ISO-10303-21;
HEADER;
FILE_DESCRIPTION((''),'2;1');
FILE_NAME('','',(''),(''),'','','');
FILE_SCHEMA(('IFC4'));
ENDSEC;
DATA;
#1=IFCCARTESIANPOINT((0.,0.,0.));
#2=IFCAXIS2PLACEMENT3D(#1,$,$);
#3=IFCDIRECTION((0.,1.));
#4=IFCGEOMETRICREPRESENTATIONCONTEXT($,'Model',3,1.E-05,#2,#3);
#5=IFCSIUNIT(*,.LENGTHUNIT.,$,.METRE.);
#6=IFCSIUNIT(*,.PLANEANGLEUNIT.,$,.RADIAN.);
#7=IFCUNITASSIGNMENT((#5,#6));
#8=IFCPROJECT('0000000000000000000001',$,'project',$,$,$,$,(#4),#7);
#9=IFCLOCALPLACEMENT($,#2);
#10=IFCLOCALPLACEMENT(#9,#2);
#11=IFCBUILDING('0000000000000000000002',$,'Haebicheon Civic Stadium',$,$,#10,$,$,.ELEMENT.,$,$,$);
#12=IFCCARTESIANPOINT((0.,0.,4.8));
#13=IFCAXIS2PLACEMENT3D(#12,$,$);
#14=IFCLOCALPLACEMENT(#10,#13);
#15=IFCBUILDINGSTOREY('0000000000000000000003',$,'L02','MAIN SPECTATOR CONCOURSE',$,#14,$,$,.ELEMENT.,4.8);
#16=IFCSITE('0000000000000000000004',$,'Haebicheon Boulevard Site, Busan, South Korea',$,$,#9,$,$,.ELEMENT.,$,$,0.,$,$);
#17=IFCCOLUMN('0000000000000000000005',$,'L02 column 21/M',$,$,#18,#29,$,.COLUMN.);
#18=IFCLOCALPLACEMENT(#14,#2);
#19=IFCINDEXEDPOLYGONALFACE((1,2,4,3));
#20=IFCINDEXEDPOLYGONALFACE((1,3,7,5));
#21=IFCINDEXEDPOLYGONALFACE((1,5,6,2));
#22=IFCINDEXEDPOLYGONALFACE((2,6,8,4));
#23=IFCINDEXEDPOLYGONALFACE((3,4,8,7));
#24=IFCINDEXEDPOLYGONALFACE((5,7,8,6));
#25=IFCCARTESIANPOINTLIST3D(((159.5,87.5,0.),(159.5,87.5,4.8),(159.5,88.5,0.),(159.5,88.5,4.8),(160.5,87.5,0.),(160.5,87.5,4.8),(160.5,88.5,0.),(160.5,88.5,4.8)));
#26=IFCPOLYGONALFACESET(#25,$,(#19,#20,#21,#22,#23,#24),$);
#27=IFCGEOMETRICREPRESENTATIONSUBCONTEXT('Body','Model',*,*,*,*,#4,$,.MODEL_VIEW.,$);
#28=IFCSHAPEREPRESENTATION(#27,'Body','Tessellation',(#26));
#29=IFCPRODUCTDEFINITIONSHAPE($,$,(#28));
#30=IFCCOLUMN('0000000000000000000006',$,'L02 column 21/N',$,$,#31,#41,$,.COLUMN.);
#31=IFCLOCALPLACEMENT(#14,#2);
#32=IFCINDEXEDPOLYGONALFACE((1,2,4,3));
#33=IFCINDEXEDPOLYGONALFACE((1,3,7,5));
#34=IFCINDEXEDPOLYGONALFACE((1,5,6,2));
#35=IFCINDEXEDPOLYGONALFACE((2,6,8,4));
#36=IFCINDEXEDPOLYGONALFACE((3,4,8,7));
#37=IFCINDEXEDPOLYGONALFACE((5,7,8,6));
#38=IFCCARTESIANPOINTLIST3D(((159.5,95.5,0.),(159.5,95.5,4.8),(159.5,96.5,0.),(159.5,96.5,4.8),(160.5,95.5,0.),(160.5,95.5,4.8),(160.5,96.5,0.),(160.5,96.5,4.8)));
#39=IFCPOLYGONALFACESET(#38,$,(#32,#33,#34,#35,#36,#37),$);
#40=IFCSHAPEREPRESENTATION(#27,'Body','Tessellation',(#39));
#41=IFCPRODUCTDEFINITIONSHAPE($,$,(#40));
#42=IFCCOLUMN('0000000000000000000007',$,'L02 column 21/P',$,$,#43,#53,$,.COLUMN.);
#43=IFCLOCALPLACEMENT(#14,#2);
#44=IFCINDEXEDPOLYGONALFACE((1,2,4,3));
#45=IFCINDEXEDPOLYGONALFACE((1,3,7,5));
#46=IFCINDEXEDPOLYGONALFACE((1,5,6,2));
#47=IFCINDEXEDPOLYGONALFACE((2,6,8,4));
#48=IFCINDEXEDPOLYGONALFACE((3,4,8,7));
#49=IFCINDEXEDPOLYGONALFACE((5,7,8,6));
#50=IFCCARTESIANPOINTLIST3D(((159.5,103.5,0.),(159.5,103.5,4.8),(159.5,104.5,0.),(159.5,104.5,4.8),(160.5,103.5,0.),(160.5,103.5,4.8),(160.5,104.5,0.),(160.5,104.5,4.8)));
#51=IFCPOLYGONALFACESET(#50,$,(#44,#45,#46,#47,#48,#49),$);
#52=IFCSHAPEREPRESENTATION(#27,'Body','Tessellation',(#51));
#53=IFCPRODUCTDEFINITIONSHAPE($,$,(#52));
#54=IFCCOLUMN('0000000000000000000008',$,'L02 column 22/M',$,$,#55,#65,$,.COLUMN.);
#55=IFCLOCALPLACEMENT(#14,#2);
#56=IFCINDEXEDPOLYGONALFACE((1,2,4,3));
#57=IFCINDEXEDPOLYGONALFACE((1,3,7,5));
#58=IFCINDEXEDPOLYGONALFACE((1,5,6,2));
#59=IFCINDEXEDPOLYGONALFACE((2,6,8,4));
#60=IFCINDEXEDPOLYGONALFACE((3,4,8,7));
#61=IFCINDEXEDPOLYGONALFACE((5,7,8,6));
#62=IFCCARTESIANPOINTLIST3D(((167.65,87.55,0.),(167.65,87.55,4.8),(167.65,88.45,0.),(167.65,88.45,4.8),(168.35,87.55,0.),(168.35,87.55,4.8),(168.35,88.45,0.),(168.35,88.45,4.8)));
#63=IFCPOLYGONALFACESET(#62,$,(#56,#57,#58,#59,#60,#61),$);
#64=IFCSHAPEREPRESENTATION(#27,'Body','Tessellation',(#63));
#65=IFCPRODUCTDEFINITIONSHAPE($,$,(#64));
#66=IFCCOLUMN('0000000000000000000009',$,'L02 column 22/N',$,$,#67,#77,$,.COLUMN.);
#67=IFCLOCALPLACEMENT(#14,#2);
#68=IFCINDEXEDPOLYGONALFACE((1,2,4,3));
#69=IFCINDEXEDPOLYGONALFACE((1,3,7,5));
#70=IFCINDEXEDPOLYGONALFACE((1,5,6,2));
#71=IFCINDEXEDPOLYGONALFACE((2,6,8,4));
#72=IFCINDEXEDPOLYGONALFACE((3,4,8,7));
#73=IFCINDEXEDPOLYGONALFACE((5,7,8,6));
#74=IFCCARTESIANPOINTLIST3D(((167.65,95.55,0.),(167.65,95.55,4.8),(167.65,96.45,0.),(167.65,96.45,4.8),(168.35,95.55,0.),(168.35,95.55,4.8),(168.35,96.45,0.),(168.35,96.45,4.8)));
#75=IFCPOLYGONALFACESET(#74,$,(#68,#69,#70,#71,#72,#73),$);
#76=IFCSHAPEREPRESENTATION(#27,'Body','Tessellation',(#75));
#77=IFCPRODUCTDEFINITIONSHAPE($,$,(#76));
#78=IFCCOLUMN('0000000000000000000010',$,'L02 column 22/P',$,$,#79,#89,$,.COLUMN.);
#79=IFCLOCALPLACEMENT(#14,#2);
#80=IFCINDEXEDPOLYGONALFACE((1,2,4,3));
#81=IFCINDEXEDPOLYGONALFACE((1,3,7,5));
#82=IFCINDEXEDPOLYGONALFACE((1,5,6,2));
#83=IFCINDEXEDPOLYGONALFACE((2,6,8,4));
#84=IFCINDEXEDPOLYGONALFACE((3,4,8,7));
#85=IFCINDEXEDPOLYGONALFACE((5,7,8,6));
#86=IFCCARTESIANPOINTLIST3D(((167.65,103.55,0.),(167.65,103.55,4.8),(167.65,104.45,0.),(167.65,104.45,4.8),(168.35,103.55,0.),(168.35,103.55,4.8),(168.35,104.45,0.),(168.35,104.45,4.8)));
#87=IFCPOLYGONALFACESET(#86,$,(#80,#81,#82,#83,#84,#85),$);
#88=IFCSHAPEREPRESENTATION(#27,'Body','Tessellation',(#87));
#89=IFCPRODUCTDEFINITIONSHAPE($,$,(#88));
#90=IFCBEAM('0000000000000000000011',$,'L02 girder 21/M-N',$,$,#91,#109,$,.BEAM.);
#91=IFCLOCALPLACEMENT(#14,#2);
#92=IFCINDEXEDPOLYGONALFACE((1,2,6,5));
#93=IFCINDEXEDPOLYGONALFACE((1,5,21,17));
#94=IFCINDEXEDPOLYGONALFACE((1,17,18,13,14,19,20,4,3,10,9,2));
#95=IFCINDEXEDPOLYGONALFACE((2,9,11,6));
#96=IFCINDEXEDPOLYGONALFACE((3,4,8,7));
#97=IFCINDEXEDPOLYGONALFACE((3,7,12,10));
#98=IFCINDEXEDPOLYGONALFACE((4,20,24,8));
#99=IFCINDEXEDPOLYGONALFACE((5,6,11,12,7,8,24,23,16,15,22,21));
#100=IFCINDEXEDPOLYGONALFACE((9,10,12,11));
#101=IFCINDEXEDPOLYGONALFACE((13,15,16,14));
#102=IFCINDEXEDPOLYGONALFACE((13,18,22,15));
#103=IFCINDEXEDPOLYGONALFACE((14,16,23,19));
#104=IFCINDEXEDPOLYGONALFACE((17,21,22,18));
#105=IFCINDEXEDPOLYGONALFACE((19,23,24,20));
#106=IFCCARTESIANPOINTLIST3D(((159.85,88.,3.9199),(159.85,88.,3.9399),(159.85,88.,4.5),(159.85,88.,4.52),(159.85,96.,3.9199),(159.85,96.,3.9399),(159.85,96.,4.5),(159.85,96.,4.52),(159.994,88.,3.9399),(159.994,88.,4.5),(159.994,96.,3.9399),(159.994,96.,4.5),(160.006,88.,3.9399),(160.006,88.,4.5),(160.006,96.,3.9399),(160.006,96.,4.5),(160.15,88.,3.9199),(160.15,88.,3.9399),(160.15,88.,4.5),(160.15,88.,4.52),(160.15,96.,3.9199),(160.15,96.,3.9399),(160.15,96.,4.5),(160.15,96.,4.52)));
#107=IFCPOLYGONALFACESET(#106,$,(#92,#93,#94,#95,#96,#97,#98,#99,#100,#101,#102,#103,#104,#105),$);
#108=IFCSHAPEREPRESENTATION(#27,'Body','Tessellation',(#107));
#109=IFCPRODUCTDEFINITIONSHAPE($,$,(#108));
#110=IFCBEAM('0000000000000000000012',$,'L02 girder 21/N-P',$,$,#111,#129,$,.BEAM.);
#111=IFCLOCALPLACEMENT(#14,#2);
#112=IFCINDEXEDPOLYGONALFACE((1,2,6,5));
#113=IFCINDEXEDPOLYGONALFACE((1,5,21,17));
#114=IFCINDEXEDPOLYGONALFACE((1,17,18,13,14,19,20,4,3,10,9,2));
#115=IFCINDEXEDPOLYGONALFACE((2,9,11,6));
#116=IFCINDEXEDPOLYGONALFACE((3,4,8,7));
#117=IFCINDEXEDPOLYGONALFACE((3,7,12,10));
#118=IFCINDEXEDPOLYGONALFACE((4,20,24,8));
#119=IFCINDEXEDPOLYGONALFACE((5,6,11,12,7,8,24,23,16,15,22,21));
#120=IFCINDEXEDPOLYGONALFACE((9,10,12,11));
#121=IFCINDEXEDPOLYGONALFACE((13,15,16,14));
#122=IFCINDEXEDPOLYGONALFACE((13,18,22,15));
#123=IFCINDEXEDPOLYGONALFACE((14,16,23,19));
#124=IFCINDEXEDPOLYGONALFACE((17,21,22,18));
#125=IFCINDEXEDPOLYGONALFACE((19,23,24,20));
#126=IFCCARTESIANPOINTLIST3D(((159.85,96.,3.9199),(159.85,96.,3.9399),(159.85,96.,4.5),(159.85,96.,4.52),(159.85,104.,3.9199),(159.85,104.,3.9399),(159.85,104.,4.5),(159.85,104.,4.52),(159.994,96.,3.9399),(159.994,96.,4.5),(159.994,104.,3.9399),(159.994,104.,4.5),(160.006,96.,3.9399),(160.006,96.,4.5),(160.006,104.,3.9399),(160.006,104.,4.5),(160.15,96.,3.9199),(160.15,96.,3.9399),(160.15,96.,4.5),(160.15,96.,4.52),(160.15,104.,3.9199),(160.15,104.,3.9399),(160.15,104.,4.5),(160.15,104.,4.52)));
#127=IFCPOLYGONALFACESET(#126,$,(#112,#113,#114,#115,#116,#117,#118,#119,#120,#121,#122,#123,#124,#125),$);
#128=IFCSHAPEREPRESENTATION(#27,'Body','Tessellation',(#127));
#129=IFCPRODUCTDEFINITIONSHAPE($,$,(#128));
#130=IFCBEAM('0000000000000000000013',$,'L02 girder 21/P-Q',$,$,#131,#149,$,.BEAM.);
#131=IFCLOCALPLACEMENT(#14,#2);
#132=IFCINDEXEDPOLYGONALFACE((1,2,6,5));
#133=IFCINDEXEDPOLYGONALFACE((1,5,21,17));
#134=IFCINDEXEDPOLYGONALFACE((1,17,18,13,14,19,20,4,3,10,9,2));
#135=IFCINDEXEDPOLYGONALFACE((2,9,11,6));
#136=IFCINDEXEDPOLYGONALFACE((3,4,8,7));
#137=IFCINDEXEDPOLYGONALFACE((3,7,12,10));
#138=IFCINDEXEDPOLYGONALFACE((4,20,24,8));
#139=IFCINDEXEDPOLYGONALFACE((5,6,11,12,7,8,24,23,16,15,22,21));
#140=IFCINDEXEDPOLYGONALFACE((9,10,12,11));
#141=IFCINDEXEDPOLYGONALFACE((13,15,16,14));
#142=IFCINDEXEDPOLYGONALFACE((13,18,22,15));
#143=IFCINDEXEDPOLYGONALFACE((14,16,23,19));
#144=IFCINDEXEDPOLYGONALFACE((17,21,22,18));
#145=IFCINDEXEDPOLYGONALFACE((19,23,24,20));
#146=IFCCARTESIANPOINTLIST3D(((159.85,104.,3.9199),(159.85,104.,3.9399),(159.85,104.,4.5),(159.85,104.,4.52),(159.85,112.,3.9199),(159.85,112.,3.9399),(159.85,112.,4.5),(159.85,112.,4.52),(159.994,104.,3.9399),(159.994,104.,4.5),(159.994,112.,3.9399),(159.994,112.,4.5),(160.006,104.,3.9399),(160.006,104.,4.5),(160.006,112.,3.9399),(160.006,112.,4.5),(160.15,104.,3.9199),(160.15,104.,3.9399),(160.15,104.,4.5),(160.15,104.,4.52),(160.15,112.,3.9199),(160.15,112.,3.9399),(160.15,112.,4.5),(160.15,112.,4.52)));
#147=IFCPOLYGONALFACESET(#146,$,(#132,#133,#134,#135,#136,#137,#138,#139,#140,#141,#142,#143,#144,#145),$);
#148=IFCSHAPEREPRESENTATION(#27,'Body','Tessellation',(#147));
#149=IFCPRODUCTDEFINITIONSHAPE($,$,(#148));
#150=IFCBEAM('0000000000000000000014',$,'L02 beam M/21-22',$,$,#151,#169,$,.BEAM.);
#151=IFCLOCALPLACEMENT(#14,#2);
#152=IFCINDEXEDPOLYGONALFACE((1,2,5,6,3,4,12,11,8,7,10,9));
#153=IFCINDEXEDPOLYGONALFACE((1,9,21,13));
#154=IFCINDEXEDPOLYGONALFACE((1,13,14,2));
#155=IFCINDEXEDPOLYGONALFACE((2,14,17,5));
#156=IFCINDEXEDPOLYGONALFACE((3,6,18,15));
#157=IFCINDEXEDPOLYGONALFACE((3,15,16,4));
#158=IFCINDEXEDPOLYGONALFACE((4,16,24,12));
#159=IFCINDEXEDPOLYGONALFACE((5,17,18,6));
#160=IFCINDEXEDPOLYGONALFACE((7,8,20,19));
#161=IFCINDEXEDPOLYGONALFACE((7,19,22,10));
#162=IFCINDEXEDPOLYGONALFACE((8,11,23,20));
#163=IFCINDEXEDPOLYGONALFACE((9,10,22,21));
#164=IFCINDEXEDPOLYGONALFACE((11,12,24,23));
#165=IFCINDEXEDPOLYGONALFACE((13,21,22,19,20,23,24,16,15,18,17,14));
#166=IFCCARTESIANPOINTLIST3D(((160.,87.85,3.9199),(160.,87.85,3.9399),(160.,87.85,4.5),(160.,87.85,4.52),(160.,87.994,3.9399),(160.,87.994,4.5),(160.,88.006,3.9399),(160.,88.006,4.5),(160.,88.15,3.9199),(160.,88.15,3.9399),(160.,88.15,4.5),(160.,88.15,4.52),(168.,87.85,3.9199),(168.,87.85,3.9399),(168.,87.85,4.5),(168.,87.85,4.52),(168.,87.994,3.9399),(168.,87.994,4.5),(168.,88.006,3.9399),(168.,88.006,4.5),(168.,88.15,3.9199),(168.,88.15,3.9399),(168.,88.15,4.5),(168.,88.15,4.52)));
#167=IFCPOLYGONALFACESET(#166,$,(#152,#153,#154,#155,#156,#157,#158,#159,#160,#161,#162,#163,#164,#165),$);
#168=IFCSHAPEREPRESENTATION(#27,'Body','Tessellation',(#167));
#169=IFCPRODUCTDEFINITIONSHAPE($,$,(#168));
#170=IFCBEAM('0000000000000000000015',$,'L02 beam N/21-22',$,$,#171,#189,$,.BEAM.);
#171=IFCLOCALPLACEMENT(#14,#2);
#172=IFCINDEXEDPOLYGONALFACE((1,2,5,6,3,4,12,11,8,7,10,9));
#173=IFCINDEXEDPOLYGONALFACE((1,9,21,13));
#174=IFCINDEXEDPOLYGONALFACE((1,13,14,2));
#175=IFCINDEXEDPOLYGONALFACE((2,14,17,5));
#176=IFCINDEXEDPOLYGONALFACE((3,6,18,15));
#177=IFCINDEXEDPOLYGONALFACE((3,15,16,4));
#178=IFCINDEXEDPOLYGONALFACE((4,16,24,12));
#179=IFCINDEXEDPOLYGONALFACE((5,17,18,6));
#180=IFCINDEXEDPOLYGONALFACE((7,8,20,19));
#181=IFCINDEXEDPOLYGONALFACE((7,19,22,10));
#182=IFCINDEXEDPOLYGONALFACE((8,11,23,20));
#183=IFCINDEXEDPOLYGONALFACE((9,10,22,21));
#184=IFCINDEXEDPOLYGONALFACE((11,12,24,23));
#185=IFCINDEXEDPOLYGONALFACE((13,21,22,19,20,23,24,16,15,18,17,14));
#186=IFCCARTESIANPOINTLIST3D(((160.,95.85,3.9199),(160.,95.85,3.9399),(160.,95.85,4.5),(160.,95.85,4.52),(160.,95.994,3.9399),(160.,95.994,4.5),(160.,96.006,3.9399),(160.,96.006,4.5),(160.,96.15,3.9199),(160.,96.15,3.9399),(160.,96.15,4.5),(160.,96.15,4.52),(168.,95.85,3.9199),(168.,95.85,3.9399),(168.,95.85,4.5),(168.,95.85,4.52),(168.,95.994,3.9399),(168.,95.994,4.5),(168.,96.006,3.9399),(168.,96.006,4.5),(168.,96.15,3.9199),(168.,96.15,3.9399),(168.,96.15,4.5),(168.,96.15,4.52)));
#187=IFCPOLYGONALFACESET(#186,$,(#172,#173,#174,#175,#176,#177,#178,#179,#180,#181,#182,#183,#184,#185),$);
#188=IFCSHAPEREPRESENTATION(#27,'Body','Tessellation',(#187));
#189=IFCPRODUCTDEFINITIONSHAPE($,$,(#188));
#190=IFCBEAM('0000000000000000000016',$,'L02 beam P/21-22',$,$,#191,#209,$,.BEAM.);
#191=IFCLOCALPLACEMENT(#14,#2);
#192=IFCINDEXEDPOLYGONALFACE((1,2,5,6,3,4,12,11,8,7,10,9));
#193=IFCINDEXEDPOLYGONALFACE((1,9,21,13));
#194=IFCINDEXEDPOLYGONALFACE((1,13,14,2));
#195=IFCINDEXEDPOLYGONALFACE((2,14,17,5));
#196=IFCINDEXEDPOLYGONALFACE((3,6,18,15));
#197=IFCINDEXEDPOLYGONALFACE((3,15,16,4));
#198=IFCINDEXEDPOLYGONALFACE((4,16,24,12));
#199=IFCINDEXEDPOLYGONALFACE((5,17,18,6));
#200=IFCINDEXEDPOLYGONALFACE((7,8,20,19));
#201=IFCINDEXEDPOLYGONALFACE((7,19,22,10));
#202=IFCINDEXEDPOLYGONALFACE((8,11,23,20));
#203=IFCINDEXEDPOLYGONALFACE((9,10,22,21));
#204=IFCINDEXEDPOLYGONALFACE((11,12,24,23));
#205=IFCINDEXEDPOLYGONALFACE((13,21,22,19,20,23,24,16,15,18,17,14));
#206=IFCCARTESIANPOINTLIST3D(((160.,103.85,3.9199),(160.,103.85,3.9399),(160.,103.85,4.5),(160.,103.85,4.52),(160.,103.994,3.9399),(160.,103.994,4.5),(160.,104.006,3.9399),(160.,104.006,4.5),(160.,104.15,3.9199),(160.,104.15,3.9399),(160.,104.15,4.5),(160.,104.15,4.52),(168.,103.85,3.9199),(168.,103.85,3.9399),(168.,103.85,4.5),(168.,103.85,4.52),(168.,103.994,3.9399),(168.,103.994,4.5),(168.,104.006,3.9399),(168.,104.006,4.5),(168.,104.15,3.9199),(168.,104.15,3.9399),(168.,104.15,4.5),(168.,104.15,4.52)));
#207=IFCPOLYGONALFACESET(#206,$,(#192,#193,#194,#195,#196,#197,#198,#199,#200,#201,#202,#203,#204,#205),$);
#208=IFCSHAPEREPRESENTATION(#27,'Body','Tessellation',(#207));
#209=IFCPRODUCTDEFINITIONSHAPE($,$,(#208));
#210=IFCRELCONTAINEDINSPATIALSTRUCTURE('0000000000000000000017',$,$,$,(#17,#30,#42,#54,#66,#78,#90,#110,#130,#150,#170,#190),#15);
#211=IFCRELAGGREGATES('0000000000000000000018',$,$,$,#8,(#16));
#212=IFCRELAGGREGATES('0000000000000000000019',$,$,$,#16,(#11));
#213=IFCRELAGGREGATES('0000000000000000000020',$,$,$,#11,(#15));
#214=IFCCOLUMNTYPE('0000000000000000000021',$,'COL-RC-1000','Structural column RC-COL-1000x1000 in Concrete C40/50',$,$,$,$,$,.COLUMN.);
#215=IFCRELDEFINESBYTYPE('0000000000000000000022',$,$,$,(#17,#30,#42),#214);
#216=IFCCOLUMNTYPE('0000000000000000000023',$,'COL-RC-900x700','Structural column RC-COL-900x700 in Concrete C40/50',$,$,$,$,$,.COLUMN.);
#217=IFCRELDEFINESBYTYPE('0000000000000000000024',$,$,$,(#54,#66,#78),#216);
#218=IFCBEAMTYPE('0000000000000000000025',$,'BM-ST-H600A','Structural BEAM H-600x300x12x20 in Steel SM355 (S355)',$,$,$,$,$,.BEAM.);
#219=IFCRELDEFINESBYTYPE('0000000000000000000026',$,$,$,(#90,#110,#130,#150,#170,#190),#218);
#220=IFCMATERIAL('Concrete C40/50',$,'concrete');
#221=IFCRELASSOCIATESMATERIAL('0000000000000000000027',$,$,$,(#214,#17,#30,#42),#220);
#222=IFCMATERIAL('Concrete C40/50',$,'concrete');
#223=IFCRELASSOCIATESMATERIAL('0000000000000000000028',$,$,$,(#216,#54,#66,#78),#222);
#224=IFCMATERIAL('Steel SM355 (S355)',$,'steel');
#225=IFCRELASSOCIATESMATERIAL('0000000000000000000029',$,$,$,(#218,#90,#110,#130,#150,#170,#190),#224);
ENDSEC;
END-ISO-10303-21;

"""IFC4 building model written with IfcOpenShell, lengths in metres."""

from ifc_helpers import new_model, si_unit, direction, frame, origin, origin_2d, place, context, subcontext, project, spatial, rectangle, i_section, extrude, material, material_profile, profile_set, type_object, element, save


model = new_model("IFC4")

# Units and contexts
model_context = context("Model", 3, precision=1e-05, world=origin(), true_north=direction((0.0, 1.0)))
body_context = subcontext(model_context, "Body", "Model", "MODEL_VIEW")
ifc_project = project(units=[si_unit("LENGTHUNIT", "METRE"), si_unit("PLANEANGLEUNIT", "RADIAN")], contexts=[model_context])

# Site, building, storey
site_placement = place(None, origin())
site = spatial("IfcSite", under=ifc_project, at=site_placement, Name="Haebicheon Boulevard Site, Busan, South Korea", CompositionType="ELEMENT", RefElevation=0.0)
building_placement = place(site_placement, origin())
building = spatial("IfcBuilding", under=site, at=building_placement, Name="Haebicheon Civic Stadium", CompositionType="ELEMENT")
storey_placement = place(building_placement, frame((0.0, 0.0, 4.8)))
storey = spatial("IfcBuildingStorey", under=building, at=storey_placement, Name="L02", Description="MAIN SPECTATOR CONCOURSE", CompositionType="ELEMENT", Elevation=4.8)

# Columns
ifc_material_1 = material(Name="Concrete C40/50", Category="concrete")
ifc_material_profile_1 = material_profile(ifc_material_1, rectangle(XDim=1.0, YDim=1.0, at=origin_2d()), Name="RC-COL-1000x1000")
ifc_profile_set_1 = profile_set([ifc_material_profile_1], Name="Concrete C40/50")
column_type_1 = type_object("IfcColumnType", Name="COL-RC-1000", Description="Structural column RC-COL-1000x1000 in Concrete C40/50", PredefinedType="COLUMN", material=ifc_profile_set_1)
for number, where, z_axis, x_axis, name in (
    (1, (160.0, 88.0, 0.0), (0.0, 0.0, 1.0), (1.0, 0.0, 0.0), "L02 column 21/M"),
    (2, (160.0, 96.0, 0.0), (0.0, 0.0, 1.0), (1.0, 0.0, 0.0), "L02 column 21/N"),
    (3, (160.0, 104.0, 0.0), (0.0, 0.0, 1.0), (1.0, 0.0, 0.0), "L02 column 21/P"),
):
    element("IfcColumn", number, at=place(storey_placement, frame(where, z_axis=z_axis, x_axis=x_axis)), inside=storey, type_object=column_type_1, material=ifc_profile_set_1, Name=name, PredefinedType="COLUMN", context=body_context, shape_type="SweptSolid", body=[
        extrude(rectangle(XDim=1.0, YDim=1.0, at=origin_2d()), origin(), (0.0, 0.0, 1.0), 4.8),
    ])
ifc_material_2 = material(Name="Concrete C40/50", Category="concrete")
ifc_material_profile_2 = material_profile(ifc_material_2, rectangle(XDim=0.7, YDim=0.8999, at=origin_2d()), Name="RC-COL-900x700")
ifc_profile_set_2 = profile_set([ifc_material_profile_2], Name="Concrete C40/50")
column_type_2 = type_object("IfcColumnType", Name="COL-RC-900x700", Description="Structural column RC-COL-900x700 in Concrete C40/50", PredefinedType="COLUMN", material=ifc_profile_set_2)
for number, where, z_axis, x_axis, name in (
    (4, (168.0, 88.0, 0.0), (0.0, 0.0, 1.0), (1.0, 0.0, 0.0), "L02 column 22/M"),
    (5, (168.0, 96.0, 0.0), (0.0, 0.0, 1.0), (1.0, 0.0, 0.0), "L02 column 22/N"),
    (6, (168.0, 104.0, 0.0), (0.0, 0.0, 1.0), (1.0, 0.0, 0.0), "L02 column 22/P"),
):
    element("IfcColumn", number, at=place(storey_placement, frame(where, z_axis=z_axis, x_axis=x_axis)), inside=storey, type_object=column_type_2, material=ifc_profile_set_2, Name=name, PredefinedType="COLUMN", context=body_context, shape_type="SweptSolid", body=[
        extrude(rectangle(XDim=0.7, YDim=0.8999, at=origin_2d()), origin(), (0.0, 0.0, 1.0), 4.8),
    ])

# Beams
ifc_material_3 = material(Name="Steel SM355 (S355)", Category="steel")
ifc_material_profile_3 = material_profile(ifc_material_3, i_section(OverallWidth=0.3, OverallDepth=0.6001, WebThickness=0.012, FlangeThickness=0.02, at=origin_2d()), Name="H-600x300x12x20")
ifc_profile_set_3 = profile_set([ifc_material_profile_3], Name="Steel SM355 (S355)")
beam_type_1 = type_object("IfcBeamType", Name="BM-ST-H600A", Description="Structural BEAM H-600x300x12x20 in Steel SM355 (S355)", PredefinedType="BEAM", material=ifc_profile_set_3)
for number, where, z_axis, x_axis, name in (
    (7, (160.0, 88.0, 4.22), (0.0, 1.0, 0.0), (-1.0, 0.0, 0.0), "L02 girder 21/M-N"),
    (8, (160.0, 96.0, 4.22), (0.0, 1.0, 0.0), (-1.0, 0.0, 0.0), "L02 girder 21/N-P"),
    (9, (160.0, 104.0, 4.22), (0.0, 1.0, 0.0), (-1.0, 0.0, 0.0), "L02 girder 21/P-Q"),
    (10, (160.0, 88.0, 4.22), (1.0, 0.0, 0.0), (0.0, 1.0, 0.0), "L02 beam M/21-22"),
    (11, (160.0, 96.0, 4.22), (1.0, 0.0, 0.0), (0.0, 1.0, 0.0), "L02 beam N/21-22"),
    (12, (160.0, 104.0, 4.22), (1.0, 0.0, 0.0), (0.0, 1.0, 0.0), "L02 beam P/21-22"),
):
    element("IfcBeam", number, at=place(storey_placement, frame(where, z_axis=z_axis, x_axis=x_axis)), inside=storey, type_object=beam_type_1, material=ifc_profile_set_3, Name=name, PredefinedType="BEAM", context=body_context, shape_type="SweptSolid", body=[
        extrude(i_section(OverallWidth=0.3, OverallDepth=0.6001, WebThickness=0.012, FlangeThickness=0.02, at=origin_2d()), origin(), (0.0, 0.0, 1.0), 8.0),
    ])

save(model, "model.ifc")
